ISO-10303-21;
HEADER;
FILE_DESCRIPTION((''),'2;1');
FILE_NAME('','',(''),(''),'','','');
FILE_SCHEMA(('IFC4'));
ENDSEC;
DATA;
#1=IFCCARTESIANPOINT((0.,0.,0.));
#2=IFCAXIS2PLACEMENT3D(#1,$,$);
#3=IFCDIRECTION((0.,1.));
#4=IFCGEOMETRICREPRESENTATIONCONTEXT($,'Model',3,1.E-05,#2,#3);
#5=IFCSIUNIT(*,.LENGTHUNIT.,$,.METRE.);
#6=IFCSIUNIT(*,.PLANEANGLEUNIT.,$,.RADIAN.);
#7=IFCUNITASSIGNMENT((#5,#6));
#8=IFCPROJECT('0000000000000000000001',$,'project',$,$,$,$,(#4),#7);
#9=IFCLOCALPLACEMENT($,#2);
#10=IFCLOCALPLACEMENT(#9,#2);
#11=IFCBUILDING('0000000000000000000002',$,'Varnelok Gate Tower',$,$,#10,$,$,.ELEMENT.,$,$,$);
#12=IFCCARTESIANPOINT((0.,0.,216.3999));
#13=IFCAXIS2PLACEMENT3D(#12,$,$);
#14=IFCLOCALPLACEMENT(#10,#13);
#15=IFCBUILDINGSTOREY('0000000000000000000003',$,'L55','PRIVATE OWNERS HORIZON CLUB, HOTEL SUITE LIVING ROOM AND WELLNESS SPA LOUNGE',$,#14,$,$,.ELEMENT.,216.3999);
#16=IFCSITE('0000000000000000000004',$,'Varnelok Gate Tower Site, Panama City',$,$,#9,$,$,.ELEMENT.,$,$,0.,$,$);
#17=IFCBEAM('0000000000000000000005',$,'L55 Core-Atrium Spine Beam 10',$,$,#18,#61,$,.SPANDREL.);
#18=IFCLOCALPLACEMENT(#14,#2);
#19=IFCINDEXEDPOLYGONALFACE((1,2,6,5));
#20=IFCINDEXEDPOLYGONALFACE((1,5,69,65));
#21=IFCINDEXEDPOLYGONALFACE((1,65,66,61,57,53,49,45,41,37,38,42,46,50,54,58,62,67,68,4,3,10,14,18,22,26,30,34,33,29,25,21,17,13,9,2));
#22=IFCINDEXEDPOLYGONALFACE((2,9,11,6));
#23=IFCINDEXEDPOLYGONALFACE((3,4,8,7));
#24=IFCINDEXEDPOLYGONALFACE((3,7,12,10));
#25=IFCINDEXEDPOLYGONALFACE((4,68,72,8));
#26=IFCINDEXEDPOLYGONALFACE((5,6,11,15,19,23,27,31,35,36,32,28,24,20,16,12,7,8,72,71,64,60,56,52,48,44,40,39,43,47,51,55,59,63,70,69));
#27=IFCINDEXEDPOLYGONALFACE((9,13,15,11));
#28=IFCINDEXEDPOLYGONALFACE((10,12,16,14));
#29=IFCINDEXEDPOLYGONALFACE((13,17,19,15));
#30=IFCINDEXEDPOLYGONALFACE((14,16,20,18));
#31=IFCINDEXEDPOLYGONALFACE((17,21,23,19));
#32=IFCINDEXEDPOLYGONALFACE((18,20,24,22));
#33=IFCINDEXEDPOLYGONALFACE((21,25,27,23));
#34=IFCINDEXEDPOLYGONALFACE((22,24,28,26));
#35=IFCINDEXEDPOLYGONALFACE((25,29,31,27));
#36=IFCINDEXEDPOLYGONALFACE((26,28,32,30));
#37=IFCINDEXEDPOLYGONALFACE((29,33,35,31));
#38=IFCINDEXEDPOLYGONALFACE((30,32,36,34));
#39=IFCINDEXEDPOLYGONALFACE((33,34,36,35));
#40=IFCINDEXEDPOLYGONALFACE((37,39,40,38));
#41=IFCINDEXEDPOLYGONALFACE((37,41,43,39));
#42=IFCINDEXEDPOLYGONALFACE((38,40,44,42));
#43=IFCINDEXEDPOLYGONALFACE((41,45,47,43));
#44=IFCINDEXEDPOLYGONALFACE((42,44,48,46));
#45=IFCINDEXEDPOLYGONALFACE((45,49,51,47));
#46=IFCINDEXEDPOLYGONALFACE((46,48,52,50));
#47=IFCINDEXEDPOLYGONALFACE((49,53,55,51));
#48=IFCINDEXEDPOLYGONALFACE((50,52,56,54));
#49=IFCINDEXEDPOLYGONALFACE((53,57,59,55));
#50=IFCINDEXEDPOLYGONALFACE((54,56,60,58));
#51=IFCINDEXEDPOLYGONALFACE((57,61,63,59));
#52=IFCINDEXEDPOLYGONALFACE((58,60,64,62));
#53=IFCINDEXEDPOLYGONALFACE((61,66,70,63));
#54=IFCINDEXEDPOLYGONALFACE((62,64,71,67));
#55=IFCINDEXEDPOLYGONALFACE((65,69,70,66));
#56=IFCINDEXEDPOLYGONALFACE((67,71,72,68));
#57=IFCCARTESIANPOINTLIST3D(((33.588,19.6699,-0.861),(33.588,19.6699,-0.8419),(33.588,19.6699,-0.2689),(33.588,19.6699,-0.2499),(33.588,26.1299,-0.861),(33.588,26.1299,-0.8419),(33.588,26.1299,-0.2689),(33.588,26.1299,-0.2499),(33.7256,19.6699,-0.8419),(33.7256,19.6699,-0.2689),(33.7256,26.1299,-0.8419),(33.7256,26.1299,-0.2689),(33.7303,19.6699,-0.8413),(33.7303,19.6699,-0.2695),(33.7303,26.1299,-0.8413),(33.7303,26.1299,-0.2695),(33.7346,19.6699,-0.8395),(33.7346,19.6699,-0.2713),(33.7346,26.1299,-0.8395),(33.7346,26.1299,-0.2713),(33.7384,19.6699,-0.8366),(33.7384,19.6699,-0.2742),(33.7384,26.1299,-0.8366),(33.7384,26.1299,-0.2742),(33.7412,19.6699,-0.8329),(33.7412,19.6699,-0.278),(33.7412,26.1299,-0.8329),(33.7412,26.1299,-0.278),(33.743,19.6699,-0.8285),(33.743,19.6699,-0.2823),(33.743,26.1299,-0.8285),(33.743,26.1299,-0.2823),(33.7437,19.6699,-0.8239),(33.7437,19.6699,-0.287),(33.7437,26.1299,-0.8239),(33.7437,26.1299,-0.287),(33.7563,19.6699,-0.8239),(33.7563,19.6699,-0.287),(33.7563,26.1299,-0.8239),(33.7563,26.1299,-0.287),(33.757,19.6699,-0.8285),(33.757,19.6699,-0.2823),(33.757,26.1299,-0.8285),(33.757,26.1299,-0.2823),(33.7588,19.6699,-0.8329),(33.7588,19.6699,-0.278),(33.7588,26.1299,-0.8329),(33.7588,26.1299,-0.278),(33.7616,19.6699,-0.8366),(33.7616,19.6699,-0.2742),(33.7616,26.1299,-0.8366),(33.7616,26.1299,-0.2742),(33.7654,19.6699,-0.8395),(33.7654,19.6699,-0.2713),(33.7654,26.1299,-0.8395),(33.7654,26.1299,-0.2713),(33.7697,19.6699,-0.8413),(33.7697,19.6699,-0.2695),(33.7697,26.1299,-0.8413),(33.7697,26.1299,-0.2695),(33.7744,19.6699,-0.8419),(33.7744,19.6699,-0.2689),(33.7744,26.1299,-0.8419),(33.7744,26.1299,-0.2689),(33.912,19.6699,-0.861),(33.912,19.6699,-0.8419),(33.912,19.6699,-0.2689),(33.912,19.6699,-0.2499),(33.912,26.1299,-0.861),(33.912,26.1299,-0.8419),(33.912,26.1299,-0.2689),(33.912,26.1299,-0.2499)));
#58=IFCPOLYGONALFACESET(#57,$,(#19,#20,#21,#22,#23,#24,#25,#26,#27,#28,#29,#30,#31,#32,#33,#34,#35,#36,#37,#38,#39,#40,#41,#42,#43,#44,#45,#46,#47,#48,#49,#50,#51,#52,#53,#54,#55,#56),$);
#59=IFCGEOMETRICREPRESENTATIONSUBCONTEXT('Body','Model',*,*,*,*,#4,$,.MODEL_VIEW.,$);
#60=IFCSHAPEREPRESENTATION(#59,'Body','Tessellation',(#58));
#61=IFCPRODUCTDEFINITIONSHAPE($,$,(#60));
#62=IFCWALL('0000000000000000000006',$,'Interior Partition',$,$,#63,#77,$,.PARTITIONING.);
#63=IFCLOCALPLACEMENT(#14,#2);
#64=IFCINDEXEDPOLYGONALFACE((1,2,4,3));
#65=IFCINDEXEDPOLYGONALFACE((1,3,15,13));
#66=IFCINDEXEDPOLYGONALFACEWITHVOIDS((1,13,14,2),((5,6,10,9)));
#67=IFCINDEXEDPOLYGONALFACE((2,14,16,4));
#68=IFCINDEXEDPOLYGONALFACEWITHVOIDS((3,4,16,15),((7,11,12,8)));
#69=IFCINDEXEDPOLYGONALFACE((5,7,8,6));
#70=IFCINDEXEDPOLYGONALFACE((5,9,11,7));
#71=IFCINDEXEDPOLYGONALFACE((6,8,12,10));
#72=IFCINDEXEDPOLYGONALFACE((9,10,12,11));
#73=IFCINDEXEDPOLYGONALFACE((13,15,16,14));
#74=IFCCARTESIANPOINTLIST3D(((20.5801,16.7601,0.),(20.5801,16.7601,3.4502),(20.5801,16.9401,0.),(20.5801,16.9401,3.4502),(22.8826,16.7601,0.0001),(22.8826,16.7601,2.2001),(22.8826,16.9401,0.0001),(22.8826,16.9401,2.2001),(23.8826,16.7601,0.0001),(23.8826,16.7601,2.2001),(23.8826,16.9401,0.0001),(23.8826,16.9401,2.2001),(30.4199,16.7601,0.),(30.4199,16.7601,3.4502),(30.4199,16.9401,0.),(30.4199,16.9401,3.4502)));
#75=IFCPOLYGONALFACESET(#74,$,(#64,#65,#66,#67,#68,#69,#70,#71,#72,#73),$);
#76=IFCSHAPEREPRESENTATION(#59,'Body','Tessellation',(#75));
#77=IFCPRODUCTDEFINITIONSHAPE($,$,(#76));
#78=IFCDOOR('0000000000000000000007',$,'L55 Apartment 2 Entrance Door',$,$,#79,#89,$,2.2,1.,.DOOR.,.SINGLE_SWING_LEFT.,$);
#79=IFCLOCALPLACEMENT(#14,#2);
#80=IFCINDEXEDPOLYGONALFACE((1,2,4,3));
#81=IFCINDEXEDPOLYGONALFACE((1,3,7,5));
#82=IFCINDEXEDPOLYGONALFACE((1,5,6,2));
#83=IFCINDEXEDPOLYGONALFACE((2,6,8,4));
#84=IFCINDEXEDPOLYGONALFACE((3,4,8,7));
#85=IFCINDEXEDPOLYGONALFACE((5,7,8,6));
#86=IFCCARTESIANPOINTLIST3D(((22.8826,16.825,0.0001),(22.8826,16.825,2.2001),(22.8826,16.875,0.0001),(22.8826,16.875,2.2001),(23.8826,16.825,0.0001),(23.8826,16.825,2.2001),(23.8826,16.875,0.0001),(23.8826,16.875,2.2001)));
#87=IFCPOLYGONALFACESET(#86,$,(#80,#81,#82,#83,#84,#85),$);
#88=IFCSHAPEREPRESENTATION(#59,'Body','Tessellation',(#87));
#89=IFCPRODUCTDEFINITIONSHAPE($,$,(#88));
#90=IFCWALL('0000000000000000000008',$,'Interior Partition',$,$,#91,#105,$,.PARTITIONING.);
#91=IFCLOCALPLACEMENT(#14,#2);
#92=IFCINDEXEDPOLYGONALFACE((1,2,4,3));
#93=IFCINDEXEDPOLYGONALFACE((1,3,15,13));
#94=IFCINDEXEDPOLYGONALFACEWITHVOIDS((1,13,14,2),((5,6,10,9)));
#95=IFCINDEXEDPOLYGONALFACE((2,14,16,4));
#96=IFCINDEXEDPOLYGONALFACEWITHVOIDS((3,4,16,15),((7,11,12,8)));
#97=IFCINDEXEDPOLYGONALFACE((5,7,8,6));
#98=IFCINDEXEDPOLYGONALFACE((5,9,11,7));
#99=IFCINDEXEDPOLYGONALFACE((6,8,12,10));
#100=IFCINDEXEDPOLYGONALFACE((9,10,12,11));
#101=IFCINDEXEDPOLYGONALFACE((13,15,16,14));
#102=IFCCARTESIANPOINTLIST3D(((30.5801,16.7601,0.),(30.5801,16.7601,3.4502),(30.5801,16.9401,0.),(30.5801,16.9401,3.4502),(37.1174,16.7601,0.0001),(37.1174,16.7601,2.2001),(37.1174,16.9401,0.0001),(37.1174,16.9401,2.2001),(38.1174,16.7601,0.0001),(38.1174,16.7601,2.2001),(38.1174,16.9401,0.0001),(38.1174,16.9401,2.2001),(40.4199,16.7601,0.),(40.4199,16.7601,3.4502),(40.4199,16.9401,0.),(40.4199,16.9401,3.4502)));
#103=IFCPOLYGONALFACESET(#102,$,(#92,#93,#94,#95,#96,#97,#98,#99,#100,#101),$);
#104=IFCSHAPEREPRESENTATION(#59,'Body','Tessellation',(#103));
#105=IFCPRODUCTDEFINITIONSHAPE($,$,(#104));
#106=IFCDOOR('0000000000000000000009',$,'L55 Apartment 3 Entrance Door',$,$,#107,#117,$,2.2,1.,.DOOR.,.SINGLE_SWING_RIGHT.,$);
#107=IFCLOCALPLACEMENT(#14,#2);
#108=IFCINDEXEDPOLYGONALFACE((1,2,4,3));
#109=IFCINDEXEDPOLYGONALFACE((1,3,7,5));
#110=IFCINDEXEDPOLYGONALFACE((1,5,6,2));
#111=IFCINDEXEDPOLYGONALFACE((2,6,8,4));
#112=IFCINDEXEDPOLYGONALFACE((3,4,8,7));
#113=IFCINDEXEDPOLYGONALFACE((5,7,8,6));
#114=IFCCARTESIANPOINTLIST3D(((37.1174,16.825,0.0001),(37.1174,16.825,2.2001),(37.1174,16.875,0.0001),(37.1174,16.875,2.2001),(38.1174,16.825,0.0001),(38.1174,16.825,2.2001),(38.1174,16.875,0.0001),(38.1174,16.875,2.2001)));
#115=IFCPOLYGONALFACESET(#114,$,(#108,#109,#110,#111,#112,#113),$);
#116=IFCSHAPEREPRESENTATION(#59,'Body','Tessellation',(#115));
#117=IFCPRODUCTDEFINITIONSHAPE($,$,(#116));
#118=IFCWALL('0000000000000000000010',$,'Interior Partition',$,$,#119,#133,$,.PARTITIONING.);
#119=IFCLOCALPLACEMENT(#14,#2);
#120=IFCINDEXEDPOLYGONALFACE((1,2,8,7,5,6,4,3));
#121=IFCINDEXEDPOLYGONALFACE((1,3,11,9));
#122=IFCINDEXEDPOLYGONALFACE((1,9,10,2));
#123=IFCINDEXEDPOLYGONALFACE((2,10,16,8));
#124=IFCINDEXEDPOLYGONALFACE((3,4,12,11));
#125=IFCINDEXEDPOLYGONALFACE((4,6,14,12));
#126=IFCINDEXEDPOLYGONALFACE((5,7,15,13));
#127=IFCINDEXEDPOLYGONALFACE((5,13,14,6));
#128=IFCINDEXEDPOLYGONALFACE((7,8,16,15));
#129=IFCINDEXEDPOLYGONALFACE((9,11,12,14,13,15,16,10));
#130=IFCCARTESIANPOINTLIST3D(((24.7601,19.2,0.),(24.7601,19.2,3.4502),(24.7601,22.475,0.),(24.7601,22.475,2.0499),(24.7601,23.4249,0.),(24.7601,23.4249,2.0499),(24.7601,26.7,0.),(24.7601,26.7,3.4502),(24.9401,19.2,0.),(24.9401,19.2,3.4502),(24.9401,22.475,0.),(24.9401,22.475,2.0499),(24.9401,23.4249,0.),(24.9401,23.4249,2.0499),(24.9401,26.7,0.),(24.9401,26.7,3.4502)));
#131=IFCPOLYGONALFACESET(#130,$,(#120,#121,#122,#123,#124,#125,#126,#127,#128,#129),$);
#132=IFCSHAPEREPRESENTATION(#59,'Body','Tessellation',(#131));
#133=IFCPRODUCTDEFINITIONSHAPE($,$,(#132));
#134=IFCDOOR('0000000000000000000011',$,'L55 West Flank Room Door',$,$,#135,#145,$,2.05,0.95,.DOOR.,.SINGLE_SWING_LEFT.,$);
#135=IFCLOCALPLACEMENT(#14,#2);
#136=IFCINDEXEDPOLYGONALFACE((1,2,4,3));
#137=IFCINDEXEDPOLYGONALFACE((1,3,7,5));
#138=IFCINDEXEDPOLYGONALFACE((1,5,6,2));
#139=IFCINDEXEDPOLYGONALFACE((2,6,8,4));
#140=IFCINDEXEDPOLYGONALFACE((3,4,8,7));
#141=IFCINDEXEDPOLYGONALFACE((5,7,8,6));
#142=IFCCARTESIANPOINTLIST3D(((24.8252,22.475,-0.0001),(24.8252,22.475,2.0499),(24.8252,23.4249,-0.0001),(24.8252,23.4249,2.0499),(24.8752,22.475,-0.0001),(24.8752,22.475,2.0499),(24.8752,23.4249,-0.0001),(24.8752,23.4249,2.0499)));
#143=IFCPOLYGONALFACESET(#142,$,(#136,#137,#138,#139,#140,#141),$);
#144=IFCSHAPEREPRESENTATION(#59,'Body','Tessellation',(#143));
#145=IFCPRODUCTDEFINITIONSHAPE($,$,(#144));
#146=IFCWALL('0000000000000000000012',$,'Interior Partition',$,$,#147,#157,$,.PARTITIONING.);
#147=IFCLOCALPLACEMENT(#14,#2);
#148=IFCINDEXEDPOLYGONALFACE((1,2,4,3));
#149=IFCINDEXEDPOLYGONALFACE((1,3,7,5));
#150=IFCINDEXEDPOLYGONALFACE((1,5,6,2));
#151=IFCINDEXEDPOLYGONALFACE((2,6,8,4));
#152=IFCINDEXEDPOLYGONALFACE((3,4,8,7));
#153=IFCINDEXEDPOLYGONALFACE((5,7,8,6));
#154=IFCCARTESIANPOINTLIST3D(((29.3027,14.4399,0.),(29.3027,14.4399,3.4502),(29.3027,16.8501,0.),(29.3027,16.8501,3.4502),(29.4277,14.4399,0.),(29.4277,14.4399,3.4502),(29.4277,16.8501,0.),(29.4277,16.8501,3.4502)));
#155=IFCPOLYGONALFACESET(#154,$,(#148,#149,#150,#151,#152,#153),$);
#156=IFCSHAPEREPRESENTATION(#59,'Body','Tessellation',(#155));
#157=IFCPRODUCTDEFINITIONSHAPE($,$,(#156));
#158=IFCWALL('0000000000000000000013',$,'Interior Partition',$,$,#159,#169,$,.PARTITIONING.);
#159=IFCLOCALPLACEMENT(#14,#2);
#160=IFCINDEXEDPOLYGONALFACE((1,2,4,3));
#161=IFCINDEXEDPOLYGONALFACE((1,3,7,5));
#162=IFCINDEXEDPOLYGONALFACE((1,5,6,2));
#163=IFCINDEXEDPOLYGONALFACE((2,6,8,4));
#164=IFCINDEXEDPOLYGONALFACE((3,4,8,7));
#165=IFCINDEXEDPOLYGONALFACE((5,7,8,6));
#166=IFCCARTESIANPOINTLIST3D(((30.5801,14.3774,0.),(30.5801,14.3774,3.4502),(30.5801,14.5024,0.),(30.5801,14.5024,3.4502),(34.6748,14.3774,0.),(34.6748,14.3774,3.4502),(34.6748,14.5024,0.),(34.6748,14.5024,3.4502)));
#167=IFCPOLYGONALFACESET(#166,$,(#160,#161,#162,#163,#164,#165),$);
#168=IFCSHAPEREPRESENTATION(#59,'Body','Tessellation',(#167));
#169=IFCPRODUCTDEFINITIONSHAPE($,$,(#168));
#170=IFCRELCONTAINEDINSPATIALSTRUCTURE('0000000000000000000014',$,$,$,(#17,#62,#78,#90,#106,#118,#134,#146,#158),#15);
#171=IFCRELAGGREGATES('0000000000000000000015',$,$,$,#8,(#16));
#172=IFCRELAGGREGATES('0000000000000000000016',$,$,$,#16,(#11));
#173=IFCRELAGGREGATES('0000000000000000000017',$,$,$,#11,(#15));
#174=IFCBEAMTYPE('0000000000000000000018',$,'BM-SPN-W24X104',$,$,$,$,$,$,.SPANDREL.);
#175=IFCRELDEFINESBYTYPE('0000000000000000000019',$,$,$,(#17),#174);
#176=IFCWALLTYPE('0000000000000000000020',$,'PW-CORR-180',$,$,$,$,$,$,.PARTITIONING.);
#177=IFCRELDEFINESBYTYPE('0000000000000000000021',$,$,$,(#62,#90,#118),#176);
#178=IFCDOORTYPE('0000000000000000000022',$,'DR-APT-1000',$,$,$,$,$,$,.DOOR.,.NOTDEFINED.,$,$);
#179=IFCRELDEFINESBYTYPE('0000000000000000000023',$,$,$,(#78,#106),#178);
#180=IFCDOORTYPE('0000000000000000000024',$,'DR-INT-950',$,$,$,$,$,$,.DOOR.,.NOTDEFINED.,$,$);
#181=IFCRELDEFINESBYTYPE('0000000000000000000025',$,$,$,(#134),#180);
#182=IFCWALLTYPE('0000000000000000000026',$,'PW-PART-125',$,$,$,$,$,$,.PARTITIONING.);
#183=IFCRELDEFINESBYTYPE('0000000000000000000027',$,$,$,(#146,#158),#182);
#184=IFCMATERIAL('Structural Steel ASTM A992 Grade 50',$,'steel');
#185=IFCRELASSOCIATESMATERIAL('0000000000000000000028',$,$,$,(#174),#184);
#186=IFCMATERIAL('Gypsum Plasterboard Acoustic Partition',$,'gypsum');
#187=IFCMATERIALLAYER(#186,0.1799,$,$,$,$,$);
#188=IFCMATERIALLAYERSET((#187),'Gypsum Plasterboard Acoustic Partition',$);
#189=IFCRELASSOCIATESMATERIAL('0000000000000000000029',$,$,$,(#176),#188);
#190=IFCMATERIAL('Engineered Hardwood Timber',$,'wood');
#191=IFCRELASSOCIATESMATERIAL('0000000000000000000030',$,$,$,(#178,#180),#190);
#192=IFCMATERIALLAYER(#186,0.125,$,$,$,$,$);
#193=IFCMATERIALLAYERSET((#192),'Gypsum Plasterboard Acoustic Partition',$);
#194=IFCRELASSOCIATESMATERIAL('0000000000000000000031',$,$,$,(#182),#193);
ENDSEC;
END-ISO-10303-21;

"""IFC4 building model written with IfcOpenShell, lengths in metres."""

from ifc_helpers import new_model, si_unit, direction, frame, frame_2d, origin, origin_2d, place, context, subcontext, project, spatial, rectangle, i_section, extrude, material, layer, layer_set, material_profile, profile_set, type_object, element, fill, save


model = new_model("IFC4")

# Units and contexts
model_context = context("Model", 3, precision=1e-05, world=origin(), true_north=direction((0.0, 1.0)))
body_context = subcontext(model_context, "Body", "Model", "MODEL_VIEW")
ifc_project = project(units=[si_unit("LENGTHUNIT", "METRE"), si_unit("PLANEANGLEUNIT", "RADIAN")], contexts=[model_context])

# Site, building, storey
site_placement = place(None, origin())
site = spatial("IfcSite", under=ifc_project, at=site_placement, Name="Varnelok Gate Tower Site, Panama City", CompositionType="ELEMENT", RefElevation=0.0)
building_placement = place(site_placement, origin())
building = spatial("IfcBuilding", under=site, at=building_placement, Name="Varnelok Gate Tower", CompositionType="ELEMENT")
storey_placement = place(building_placement, frame((0.0, 0.0, 216.3999)))
storey = spatial("IfcBuildingStorey", under=building, at=storey_placement, Name="L55", Description="PRIVATE OWNERS HORIZON CLUB, HOTEL SUITE LIVING ROOM AND WELLNESS SPA LOUNGE", CompositionType="ELEMENT", Elevation=216.3999)

# Shared definitions
ifc_material_1 = material(Name="Structural Steel ASTM A992 Grade 50", Category="steel")

# Beam
ifc_material_profile_1 = material_profile(ifc_material_1, i_section(OverallWidth=0.324, OverallDepth=0.6111, WebThickness=0.0127, FlangeThickness=0.019, FilletRadius=0.0181, at=origin_2d()), Name="W24X104")
ifc_profile_set_1 = profile_set([ifc_material_profile_1], Name="Structural Steel ASTM A992 Grade 50")
beam_type_1 = type_object("IfcBeamType", Name="BM-SPN-W24X104", PredefinedType="SPANDREL", material=ifc_profile_set_1)
beam_1_placement = place(storey_placement, frame((33.75, 19.6699, -0.5554), z_axis=(0.0, 1.0, 0.0), x_axis=(-1.0, 0.0, 0.0)))
element("IfcBeam", 1, at=beam_1_placement, inside=storey, type_object=beam_type_1, Name="L55 Core-Atrium Spine Beam 10", PredefinedType="SPANDREL", context=body_context, shape_type="SweptSolid", body=[
    extrude(i_section(OverallWidth=0.324, OverallDepth=0.6111, WebThickness=0.0127, FlangeThickness=0.019, FilletRadius=0.0181, at=origin_2d()), origin(), (0.0, 0.0, 1.0), 6.46),
])

# Walls, openings, doors
ifc_material_2 = material(Name="Gypsum Plasterboard Acoustic Partition", Category="gypsum")
ifc_layer_1 = layer(ifc_material_2, 0.1799)
ifc_layer_set_1 = layer_set([ifc_layer_1], Name="Gypsum Plasterboard Acoustic Partition")
wall_type_1 = type_object("IfcWallType", Name="PW-CORR-180", PredefinedType="PARTITIONING", material=ifc_layer_set_1)
wall_1_placement = place(storey_placement, frame((20.5801, 16.8501, 0.0), z_axis=(0.0, 0.0, 1.0), x_axis=(1.0, 0.0, 0.0)))
wall_1 = element("IfcWall", 2, at=wall_1_placement, inside=storey, type_object=wall_type_1, Name="Interior Partition", PredefinedType="PARTITIONING", context=body_context, shape_type="SweptSolid", body=[
    extrude(rectangle(XDim=9.8398, YDim=0.1799, at=frame_2d((4.9199, 0.0))), origin(), (0.0, 0.0, 1.0), 3.4502),
])
opening_1_placement = place(wall_1_placement, frame((2.3025, 0.0, 0.0)))
opening_1 = element("IfcOpeningElement", 3, at=opening_1_placement, cuts=wall_1, PredefinedType="OPENING", context=body_context, shape_type="SweptSolid", body=[
    extrude(rectangle(XDim=1.0, YDim=2.2, at=frame_2d((0.5, 1.1001))), frame((0.0, 0.0999, 0.0), z_axis=(0.0, -1.0, 0.0), x_axis=(1.0, 0.0, 0.0)), (0.0, 0.0, 1.0), 0.2),
])
ifc_material_3 = material(Name="Engineered Hardwood Timber", Category="wood")
door_type_1 = type_object("IfcDoorType", Name="DR-APT-1000", OperationType="NOTDEFINED", PredefinedType="DOOR", material=ifc_material_3)
door_1_placement = place(opening_1_placement, origin())
door_1 = element("IfcDoor", 4, at=door_1_placement, inside=storey, type_object=door_type_1, Name="L55 Apartment 2 Entrance Door", OperationType="SINGLE_SWING_LEFT", OverallHeight=2.2, OverallWidth=1.0, PredefinedType="DOOR", context=body_context, shape_type="SweptSolid", body=[
    extrude(rectangle(XDim=1.0, YDim=2.2, at=frame_2d((0.5, 1.1001))), frame((0.0, 0.0249, 0.0), z_axis=(0.0, -1.0, 0.0), x_axis=(1.0, 0.0, 0.0)), (0.0, 0.0, 1.0), 0.05),
])
fill(opening_1, door_1)
wall_2_placement = place(storey_placement, frame((30.5801, 16.8501, 0.0), z_axis=(0.0, 0.0, 1.0), x_axis=(1.0, 0.0, 0.0)))
wall_2 = element("IfcWall", 5, at=wall_2_placement, inside=storey, type_object=wall_type_1, Name="Interior Partition", PredefinedType="PARTITIONING", context=body_context, shape_type="SweptSolid", body=[
    extrude(rectangle(XDim=9.8398, YDim=0.1799, at=frame_2d((4.9199, 0.0))), origin(), (0.0, 0.0, 1.0), 3.4502),
])
opening_2_placement = place(wall_2_placement, frame((6.5374, 0.0, 0.0)))
opening_2 = element("IfcOpeningElement", 6, at=opening_2_placement, cuts=wall_2, PredefinedType="OPENING", context=body_context, shape_type="SweptSolid", body=[
    extrude(rectangle(XDim=1.0, YDim=2.2, at=frame_2d((0.5, 1.1001))), frame((0.0, 0.0999, 0.0), z_axis=(0.0, -1.0, 0.0), x_axis=(1.0, 0.0, 0.0)), (0.0, 0.0, 1.0), 0.2),
])
door_2_placement = place(opening_2_placement, origin())
door_2 = element("IfcDoor", 7, at=door_2_placement, inside=storey, type_object=door_type_1, Name="L55 Apartment 3 Entrance Door", OperationType="SINGLE_SWING_RIGHT", OverallHeight=2.2, OverallWidth=1.0, PredefinedType="DOOR", context=body_context, shape_type="SweptSolid", body=[
    extrude(rectangle(XDim=1.0, YDim=2.2, at=frame_2d((0.5, 1.1001))), frame((0.0, 0.0249, 0.0), z_axis=(0.0, -1.0, 0.0), x_axis=(1.0, 0.0, 0.0)), (0.0, 0.0, 1.0), 0.05),
])
fill(opening_2, door_2)
wall_3_placement = place(storey_placement, frame((24.8501, 19.2, 0.0), z_axis=(0.0, 0.0, 1.0), x_axis=(0.0, 1.0, 0.0)))
wall_3 = element("IfcWall", 8, at=wall_3_placement, inside=storey, type_object=wall_type_1, Name="Interior Partition", PredefinedType="PARTITIONING", context=body_context, shape_type="SweptSolid", body=[
    extrude(rectangle(XDim=7.5, YDim=0.1799, at=frame_2d((3.75, 0.0))), origin(), (0.0, 0.0, 1.0), 3.4502),
])
opening_3_placement = place(wall_3_placement, frame((3.2749, 0.0, 0.0)))
opening_3 = element("IfcOpeningElement", 9, at=opening_3_placement, cuts=wall_3, PredefinedType="OPENING", context=body_context, shape_type="SweptSolid", body=[
    extrude(rectangle(XDim=0.95, YDim=2.05, at=frame_2d((0.4751, 1.0249))), frame((0.0, 0.0999, 0.0), z_axis=(0.0, -1.0, 0.0), x_axis=(1.0, 0.0, 0.0)), (0.0, 0.0, 1.0), 0.2),
])
door_type_2 = type_object("IfcDoorType", Name="DR-INT-950", OperationType="NOTDEFINED", PredefinedType="DOOR", material=ifc_material_3)
door_3_placement = place(opening_3_placement, origin())
door_3 = element("IfcDoor", 10, at=door_3_placement, inside=storey, type_object=door_type_2, Name="L55 West Flank Room Door", OperationType="SINGLE_SWING_LEFT", OverallHeight=2.05, OverallWidth=0.95, PredefinedType="DOOR", context=body_context, shape_type="SweptSolid", body=[
    extrude(rectangle(XDim=0.95, YDim=2.05, at=frame_2d((0.4751, 1.0249))), frame((0.0, 0.0249, 0.0), z_axis=(0.0, -1.0, 0.0), x_axis=(1.0, 0.0, 0.0)), (0.0, 0.0, 1.0), 0.05),
])
fill(opening_3, door_3)

# Walls
ifc_layer_2 = layer(ifc_material_2, 0.125)
ifc_layer_set_2 = layer_set([ifc_layer_2], Name="Gypsum Plasterboard Acoustic Partition")
wall_type_2 = type_object("IfcWallType", Name="PW-PART-125", PredefinedType="PARTITIONING", material=ifc_layer_set_2)
wall_4_placement = place(storey_placement, frame((29.3652, 14.4399, 0.0), z_axis=(0.0, 0.0, 1.0), x_axis=(0.0, 1.0, 0.0)))
element("IfcWall", 11, at=wall_4_placement, inside=storey, type_object=wall_type_2, Name="Interior Partition", PredefinedType="PARTITIONING", context=body_context, shape_type="SweptSolid", body=[
    extrude(rectangle(XDim=2.4102, YDim=0.125, at=frame_2d((1.2051, 0.0))), origin(), (0.0, 0.0, 1.0), 3.4502),
])
wall_5_placement = place(storey_placement, frame((30.5801, 14.4399, 0.0), z_axis=(0.0, 0.0, 1.0), x_axis=(1.0, 0.0, 0.0)))
element("IfcWall", 12, at=wall_5_placement, inside=storey, type_object=wall_type_2, Name="Interior Partition", PredefinedType="PARTITIONING", context=body_context, shape_type="SweptSolid", body=[
    extrude(rectangle(XDim=4.0947, YDim=0.125, at=frame_2d((2.0474, 0.0))), origin(), (0.0, 0.0, 1.0), 3.4502),
])

save(model, "model.ifc")
